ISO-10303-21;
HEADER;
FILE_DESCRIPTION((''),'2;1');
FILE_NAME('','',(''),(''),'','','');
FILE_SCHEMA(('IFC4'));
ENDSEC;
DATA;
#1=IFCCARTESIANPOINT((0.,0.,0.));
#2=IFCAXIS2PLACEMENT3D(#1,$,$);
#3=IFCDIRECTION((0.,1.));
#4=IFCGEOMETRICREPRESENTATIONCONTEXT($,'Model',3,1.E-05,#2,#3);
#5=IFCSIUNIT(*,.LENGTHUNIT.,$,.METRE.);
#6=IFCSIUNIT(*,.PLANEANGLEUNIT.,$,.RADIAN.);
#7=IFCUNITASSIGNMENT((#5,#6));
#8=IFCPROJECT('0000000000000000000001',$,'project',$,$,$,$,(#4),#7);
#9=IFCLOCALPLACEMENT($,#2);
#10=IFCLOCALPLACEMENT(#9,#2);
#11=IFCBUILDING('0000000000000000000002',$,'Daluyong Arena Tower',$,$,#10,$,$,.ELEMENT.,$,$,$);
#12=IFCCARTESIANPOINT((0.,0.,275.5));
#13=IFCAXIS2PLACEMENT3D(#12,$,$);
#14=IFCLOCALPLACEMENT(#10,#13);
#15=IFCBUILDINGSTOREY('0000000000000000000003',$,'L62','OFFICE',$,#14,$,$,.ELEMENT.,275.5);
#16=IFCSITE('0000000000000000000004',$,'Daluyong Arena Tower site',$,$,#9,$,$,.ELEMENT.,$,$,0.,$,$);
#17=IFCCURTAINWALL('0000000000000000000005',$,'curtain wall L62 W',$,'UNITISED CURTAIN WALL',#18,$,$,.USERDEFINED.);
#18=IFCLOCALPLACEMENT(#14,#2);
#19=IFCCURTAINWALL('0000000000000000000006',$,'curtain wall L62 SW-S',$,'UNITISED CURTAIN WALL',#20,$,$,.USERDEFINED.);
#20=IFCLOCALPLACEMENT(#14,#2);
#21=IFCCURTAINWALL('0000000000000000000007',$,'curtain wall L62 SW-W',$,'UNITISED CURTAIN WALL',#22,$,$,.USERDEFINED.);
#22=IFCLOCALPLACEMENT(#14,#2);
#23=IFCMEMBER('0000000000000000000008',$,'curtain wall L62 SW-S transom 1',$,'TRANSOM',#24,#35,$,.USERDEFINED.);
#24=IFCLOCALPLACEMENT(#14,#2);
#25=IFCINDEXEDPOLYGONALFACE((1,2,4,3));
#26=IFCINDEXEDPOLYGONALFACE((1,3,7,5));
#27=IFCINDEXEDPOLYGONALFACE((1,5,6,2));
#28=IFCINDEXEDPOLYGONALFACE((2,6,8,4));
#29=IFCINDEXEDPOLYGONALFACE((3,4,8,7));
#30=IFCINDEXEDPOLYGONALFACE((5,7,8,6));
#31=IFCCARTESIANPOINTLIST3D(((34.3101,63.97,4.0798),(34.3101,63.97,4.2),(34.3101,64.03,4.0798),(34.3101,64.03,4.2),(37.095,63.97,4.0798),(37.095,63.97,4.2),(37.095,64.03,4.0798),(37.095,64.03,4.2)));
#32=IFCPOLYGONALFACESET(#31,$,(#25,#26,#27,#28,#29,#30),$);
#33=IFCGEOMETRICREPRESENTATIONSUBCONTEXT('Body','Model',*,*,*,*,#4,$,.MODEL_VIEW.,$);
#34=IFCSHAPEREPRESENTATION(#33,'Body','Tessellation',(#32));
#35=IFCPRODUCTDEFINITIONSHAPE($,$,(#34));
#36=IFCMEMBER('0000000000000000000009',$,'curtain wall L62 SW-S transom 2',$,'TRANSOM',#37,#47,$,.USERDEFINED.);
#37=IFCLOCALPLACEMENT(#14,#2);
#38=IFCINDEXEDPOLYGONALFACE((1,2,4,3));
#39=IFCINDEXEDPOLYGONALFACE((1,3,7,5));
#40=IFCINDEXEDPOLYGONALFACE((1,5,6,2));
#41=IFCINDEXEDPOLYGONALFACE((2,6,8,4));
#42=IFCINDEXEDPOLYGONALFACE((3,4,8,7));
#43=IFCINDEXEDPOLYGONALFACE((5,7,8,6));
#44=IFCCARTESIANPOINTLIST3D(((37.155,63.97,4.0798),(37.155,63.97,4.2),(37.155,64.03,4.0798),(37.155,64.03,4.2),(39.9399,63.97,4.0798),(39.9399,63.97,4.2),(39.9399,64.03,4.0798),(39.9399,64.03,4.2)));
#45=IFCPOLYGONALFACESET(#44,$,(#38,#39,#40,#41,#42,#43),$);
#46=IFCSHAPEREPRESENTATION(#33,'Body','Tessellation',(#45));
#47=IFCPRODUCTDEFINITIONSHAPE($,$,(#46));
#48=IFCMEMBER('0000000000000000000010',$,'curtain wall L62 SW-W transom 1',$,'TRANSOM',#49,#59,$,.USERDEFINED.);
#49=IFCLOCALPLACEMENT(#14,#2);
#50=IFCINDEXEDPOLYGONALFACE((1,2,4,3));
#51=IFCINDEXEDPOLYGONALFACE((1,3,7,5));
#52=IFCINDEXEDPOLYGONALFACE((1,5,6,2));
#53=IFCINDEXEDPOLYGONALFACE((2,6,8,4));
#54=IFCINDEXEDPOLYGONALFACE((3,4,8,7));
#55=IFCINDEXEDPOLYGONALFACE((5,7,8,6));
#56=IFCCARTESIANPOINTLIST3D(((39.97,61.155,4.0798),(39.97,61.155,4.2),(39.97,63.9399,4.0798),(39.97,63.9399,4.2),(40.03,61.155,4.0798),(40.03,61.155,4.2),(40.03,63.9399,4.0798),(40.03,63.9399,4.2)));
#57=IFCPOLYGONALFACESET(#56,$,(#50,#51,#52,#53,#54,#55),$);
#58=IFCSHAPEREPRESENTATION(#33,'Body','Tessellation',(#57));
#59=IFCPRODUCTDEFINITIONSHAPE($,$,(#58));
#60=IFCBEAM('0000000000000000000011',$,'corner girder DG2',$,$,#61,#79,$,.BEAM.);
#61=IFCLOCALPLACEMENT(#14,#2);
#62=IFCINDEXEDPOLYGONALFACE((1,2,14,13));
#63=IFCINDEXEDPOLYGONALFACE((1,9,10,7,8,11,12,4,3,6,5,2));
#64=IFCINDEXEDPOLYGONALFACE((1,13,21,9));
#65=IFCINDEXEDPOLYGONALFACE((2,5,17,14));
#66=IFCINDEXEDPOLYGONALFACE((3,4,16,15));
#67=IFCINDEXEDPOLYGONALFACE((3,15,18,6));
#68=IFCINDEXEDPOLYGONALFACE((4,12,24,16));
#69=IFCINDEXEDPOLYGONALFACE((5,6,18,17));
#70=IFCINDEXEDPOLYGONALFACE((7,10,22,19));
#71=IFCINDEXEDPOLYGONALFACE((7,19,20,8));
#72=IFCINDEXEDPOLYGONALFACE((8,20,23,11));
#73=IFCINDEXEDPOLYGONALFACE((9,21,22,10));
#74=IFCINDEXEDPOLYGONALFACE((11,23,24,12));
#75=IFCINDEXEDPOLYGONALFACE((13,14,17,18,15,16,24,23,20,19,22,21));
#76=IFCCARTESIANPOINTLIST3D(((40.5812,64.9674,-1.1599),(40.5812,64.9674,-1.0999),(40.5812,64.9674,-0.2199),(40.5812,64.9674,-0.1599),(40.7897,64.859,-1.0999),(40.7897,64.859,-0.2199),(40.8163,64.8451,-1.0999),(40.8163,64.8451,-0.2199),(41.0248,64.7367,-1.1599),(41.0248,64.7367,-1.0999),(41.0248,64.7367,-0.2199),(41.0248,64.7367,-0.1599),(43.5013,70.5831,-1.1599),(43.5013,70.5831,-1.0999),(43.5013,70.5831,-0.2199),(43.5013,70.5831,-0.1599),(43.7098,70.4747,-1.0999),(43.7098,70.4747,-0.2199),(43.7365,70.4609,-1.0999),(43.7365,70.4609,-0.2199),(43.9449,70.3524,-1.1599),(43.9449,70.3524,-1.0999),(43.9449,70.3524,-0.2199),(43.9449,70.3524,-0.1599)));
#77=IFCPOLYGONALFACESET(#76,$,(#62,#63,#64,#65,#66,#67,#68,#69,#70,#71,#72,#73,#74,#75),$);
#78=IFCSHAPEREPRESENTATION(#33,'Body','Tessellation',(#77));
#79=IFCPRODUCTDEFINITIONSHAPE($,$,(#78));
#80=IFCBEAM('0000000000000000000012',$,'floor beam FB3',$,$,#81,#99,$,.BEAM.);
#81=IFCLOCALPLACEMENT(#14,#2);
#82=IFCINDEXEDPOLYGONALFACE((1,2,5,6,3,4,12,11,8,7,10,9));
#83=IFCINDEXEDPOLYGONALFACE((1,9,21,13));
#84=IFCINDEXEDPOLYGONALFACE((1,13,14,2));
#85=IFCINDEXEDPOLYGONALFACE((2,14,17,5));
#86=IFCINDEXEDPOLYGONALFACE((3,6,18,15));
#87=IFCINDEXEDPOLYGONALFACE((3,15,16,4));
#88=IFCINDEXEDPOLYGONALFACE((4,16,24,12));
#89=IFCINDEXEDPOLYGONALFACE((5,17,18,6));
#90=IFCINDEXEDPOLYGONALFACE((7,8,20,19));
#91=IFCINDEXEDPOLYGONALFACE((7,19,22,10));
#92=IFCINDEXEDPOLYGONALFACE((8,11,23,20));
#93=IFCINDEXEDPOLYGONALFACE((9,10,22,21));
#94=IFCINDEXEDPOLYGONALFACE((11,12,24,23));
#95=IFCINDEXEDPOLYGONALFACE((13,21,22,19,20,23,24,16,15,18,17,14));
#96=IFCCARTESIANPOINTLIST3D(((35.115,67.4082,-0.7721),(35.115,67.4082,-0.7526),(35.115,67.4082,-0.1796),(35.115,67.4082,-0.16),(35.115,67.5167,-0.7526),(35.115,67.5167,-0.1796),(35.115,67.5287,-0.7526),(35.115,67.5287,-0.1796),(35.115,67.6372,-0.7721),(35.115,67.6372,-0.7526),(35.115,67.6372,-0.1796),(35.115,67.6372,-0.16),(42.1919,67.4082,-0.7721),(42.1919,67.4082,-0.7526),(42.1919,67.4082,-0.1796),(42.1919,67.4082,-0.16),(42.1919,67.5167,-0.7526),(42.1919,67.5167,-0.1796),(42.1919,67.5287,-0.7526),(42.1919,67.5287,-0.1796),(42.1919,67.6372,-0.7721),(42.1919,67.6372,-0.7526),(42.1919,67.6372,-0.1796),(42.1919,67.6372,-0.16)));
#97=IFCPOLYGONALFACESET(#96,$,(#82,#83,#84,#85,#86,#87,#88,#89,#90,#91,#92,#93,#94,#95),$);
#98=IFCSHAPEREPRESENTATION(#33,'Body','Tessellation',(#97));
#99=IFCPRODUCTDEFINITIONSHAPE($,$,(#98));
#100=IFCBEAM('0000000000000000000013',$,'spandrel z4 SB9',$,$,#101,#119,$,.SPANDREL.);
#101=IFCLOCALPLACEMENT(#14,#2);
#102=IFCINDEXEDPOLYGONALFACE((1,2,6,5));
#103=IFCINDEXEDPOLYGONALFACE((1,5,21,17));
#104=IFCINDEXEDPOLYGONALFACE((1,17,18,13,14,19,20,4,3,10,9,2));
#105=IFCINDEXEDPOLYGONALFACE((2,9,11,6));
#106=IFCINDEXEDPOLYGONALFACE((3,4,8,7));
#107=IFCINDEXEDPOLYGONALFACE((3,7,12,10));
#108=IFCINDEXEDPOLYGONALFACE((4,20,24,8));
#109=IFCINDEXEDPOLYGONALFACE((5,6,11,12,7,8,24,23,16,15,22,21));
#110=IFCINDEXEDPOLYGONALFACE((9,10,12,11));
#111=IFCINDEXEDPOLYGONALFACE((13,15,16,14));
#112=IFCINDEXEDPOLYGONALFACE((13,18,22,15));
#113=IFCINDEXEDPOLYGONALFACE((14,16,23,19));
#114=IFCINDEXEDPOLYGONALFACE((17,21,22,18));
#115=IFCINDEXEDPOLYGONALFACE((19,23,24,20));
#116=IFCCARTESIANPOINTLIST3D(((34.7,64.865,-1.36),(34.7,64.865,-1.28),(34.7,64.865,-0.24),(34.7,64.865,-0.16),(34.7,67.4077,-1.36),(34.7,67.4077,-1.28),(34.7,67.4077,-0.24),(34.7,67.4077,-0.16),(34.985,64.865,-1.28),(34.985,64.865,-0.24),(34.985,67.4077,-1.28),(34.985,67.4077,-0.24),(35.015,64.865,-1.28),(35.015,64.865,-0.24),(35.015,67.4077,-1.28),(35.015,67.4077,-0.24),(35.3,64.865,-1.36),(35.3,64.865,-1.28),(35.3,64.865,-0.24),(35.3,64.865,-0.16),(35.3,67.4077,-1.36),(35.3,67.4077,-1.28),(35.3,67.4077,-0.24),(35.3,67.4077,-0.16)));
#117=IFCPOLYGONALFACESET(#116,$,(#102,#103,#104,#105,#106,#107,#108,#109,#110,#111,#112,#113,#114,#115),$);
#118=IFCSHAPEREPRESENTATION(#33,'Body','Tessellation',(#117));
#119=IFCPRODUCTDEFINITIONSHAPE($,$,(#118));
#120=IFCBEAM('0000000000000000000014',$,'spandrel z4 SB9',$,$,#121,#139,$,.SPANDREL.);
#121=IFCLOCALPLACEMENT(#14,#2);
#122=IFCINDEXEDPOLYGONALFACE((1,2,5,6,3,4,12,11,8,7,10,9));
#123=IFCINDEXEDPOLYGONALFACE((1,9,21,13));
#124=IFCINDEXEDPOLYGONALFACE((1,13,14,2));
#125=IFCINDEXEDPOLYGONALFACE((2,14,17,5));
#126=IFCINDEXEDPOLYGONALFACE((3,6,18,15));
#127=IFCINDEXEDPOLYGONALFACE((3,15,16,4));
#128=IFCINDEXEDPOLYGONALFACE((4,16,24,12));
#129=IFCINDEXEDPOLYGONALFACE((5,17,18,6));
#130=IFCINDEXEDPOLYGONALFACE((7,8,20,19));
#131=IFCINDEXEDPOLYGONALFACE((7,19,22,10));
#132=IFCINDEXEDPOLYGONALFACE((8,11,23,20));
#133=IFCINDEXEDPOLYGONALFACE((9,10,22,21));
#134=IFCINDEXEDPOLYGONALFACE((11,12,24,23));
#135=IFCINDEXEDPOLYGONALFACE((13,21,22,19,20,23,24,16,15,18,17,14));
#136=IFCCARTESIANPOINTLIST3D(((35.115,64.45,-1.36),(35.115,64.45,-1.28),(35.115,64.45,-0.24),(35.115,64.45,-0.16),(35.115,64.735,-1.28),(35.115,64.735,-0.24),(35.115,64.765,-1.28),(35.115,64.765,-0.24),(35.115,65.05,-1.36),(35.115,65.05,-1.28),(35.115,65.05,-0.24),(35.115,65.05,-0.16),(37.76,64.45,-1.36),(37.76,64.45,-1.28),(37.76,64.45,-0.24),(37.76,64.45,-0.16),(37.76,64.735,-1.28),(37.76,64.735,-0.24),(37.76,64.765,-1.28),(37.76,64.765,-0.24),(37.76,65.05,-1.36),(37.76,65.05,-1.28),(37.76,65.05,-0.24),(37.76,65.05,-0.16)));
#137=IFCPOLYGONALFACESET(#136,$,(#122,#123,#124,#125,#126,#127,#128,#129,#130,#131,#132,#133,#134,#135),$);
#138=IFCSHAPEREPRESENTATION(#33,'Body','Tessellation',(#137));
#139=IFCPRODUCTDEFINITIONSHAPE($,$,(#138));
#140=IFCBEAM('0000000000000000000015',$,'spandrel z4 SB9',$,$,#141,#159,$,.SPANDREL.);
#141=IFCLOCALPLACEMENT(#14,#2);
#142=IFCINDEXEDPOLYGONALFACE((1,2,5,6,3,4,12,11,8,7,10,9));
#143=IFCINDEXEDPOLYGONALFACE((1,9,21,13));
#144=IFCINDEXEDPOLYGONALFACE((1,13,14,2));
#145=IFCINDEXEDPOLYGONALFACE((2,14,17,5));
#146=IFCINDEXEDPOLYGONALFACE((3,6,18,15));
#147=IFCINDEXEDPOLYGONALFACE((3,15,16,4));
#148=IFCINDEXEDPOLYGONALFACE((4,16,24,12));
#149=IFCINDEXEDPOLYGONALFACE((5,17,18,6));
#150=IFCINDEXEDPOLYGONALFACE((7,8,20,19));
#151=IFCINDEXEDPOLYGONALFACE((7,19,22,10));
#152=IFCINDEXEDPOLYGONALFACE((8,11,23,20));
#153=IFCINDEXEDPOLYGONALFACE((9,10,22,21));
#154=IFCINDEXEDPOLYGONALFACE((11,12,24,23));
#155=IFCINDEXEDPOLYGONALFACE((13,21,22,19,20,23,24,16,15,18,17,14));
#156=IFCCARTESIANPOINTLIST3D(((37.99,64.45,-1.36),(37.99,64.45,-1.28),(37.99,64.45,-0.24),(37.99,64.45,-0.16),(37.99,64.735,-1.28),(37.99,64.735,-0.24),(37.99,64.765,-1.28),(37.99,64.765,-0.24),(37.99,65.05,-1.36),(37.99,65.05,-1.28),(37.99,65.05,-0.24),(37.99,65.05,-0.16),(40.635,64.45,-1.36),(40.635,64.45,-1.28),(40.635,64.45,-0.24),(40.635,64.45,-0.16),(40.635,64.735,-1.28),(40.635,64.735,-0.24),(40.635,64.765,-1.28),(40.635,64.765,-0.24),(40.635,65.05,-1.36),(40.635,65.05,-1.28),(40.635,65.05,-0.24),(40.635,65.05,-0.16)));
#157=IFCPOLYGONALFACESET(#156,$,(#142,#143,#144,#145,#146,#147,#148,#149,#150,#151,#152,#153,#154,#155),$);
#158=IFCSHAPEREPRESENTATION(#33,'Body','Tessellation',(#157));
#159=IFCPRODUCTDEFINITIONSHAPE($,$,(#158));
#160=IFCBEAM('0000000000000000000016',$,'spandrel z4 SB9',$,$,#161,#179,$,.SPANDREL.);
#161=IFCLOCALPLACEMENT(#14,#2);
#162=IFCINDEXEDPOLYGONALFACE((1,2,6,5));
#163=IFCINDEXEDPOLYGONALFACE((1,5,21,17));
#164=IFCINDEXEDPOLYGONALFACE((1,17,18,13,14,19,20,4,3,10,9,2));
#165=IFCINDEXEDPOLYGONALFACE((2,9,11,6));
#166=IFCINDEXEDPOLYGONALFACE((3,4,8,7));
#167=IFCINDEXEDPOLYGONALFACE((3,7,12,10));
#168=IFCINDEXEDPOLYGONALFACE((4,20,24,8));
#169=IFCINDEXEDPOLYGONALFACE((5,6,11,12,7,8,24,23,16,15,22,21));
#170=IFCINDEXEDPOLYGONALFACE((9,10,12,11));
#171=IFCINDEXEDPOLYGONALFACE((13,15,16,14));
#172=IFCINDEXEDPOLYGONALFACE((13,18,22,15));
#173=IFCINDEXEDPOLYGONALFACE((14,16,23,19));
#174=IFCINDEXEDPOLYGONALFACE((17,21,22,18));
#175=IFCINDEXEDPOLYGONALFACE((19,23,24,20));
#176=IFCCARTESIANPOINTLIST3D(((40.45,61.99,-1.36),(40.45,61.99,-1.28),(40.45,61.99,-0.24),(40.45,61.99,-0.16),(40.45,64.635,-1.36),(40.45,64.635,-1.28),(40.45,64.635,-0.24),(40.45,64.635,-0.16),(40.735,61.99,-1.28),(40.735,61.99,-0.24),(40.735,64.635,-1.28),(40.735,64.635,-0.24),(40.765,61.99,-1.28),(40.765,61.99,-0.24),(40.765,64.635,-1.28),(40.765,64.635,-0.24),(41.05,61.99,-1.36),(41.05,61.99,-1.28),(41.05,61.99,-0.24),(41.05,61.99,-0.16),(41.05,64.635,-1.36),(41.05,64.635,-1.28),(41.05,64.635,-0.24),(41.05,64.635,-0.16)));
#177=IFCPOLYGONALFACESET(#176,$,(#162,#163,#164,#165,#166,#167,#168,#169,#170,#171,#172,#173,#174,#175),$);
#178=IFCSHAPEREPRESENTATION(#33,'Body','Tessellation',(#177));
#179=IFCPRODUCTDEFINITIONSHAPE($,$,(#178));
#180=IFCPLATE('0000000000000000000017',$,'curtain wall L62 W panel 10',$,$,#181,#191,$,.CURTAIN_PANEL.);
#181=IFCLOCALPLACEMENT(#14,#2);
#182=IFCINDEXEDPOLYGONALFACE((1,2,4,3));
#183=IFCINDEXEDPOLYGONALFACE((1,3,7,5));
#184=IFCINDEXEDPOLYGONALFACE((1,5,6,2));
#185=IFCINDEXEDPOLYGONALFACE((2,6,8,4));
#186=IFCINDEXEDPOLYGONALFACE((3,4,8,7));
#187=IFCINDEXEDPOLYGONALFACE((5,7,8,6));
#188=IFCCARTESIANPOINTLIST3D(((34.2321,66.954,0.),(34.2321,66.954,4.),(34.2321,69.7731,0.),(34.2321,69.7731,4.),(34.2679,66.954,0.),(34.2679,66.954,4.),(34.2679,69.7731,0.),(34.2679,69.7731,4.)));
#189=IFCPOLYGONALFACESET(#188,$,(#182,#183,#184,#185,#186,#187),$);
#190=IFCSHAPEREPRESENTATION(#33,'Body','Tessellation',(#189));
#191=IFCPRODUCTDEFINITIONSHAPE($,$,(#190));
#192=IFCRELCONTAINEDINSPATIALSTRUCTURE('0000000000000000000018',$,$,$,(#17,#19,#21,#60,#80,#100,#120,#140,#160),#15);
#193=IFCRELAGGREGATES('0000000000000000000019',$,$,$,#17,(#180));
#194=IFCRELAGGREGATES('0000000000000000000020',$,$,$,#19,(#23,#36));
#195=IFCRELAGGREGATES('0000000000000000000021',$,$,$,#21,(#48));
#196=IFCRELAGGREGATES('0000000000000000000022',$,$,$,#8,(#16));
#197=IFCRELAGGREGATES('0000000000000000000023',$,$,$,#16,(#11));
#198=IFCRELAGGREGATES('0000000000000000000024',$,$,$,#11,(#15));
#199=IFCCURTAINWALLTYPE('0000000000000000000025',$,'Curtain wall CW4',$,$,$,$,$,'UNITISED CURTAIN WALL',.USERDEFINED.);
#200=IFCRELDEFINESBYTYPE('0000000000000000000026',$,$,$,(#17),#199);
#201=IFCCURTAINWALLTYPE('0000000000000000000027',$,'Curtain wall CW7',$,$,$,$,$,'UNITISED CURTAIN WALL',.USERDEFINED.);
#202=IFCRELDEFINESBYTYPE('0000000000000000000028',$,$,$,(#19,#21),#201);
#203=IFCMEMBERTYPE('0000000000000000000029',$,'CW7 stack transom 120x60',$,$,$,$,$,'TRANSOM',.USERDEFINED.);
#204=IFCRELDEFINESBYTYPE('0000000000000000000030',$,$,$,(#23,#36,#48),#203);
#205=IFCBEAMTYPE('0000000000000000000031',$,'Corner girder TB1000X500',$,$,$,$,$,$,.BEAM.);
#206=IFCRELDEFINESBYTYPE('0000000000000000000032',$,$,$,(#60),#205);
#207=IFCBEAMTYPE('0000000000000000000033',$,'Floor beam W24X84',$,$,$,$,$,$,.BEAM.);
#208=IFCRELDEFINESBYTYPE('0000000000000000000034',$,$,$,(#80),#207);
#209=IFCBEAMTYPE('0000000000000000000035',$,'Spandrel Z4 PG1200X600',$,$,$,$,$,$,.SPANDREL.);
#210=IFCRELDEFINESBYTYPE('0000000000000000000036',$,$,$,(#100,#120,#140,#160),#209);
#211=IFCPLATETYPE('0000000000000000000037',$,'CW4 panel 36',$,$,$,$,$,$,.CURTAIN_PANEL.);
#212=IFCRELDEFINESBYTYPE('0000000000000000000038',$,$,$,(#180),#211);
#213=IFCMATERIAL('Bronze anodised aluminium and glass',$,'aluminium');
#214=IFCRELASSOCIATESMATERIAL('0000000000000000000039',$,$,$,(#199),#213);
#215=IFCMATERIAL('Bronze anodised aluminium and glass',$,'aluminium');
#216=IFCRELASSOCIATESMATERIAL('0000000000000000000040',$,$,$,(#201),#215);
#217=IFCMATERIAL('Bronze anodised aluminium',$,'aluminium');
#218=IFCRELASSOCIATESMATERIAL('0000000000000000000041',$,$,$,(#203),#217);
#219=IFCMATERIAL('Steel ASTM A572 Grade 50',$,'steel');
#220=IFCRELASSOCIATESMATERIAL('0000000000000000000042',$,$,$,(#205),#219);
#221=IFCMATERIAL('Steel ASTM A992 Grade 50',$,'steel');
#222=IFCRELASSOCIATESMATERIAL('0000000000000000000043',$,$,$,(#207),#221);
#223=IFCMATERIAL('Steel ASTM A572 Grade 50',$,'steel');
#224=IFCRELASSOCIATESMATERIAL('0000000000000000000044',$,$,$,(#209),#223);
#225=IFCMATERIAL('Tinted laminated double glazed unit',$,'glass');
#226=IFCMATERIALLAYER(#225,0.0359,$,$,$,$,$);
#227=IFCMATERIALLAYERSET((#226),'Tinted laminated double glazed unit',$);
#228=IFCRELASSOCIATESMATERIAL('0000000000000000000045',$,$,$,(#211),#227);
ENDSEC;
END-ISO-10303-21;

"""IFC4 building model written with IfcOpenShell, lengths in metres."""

from ifc_helpers import new_model, si_unit, direction, frame, origin, origin_2d, place, context, subcontext, project, spatial, rectangle, i_section, extrude, material, layer, layer_set, material_profile, profile_set, type_object, element, aggregate, save


model = new_model("IFC4")

# Units and contexts
model_context = context("Model", 3, precision=1e-05, world=origin(), true_north=direction((0.0, 1.0)))
body_context = subcontext(model_context, "Body", "Model", "MODEL_VIEW")
ifc_project = project(units=[si_unit("LENGTHUNIT", "METRE"), si_unit("PLANEANGLEUNIT", "RADIAN")], contexts=[model_context])

# Site, building, storey
site_placement = place(None, origin())
site = spatial("IfcSite", under=ifc_project, at=site_placement, Name="Daluyong Arena Tower site", CompositionType="ELEMENT", RefElevation=0.0)
building_placement = place(site_placement, origin())
building = spatial("IfcBuilding", under=site, at=building_placement, Name="Daluyong Arena Tower", CompositionType="ELEMENT")
storey_placement = place(building_placement, frame((0.0, 0.0, 275.5)))
storey = spatial("IfcBuildingStorey", under=building, at=storey_placement, Name="L62", Description="OFFICE", CompositionType="ELEMENT", Elevation=275.5)

# Curtain walls
ifc_material_1 = material(Name="Bronze anodised aluminium and glass", Category="aluminium")
curtain_wall_type_1 = type_object("IfcCurtainWallType", Name="Curtain wall CW4", ElementType="UNITISED CURTAIN WALL", PredefinedType="USERDEFINED", material=ifc_material_1)
curtain_wall_1_placement = place(storey_placement, origin())
curtain_wall_1 = element("IfcCurtainWall", 1, at=curtain_wall_1_placement, inside=storey, type_object=curtain_wall_type_1, Name="curtain wall L62 W", ObjectType="UNITISED CURTAIN WALL", PredefinedType="USERDEFINED")
ifc_material_2 = material(Name="Bronze anodised aluminium and glass", Category="aluminium")
curtain_wall_type_2 = type_object("IfcCurtainWallType", Name="Curtain wall CW7", ElementType="UNITISED CURTAIN WALL", PredefinedType="USERDEFINED", material=ifc_material_2)
curtain_wall_2_placement = place(storey_placement, origin())
curtain_wall_2 = element("IfcCurtainWall", 2, at=curtain_wall_2_placement, inside=storey, type_object=curtain_wall_type_2, Name="curtain wall L62 SW-S", ObjectType="UNITISED CURTAIN WALL", PredefinedType="USERDEFINED")

# Curtain wall
curtain_wall_3_placement = place(storey_placement, origin())
curtain_wall_3 = element("IfcCurtainWall", 3, at=curtain_wall_3_placement, inside=storey, type_object=curtain_wall_type_2, Name="curtain wall L62 SW-W", ObjectType="UNITISED CURTAIN WALL", PredefinedType="USERDEFINED")

# Members
ifc_material_3 = material(Name="Bronze anodised aluminium", Category="aluminium")
ifc_material_profile_1 = material_profile(ifc_material_3, rectangle(XDim=0.0601, YDim=0.1201, at=origin_2d()))
ifc_profile_set_1 = profile_set([ifc_material_profile_1], Name="Bronze anodised aluminium")
member_type_1 = type_object("IfcMemberType", Name="CW7 stack transom 120x60", ElementType="TRANSOM", PredefinedType="USERDEFINED", material=ifc_profile_set_1)
member_1_placement = place(storey_placement, frame((34.3101, 64.0, 4.1399), z_axis=(1.0, 0.0, 0.0), x_axis=(0.0, 1.0, 0.0)))
member_1 = element("IfcMember", 4, at=member_1_placement, type_object=member_type_1, Name="curtain wall L62 SW-S transom 1", ObjectType="TRANSOM", PredefinedType="USERDEFINED", context=body_context, shape_type="SweptSolid", body=[
    extrude(rectangle(XDim=0.0601, YDim=0.1201, at=origin_2d()), origin(), (0.0, 0.0, 1.0), 2.7849),
])
member_2_placement = place(storey_placement, frame((37.155, 64.0, 4.1399), z_axis=(1.0, 0.0, 0.0), x_axis=(0.0, 1.0, 0.0)))
member_2 = element("IfcMember", 5, at=member_2_placement, type_object=member_type_1, Name="curtain wall L62 SW-S transom 2", ObjectType="TRANSOM", PredefinedType="USERDEFINED", context=body_context, shape_type="SweptSolid", body=[
    extrude(rectangle(XDim=0.0601, YDim=0.1201, at=origin_2d()), origin(), (0.0, 0.0, 1.0), 2.7849),
])
member_3_placement = place(storey_placement, frame((40.0, 63.9399, 4.1399), z_axis=(0.0, -1.0, 0.0), x_axis=(1.0, 0.0, 0.0)))
member_3 = element("IfcMember", 6, at=member_3_placement, type_object=member_type_1, Name="curtain wall L62 SW-W transom 1", ObjectType="TRANSOM", PredefinedType="USERDEFINED", context=body_context, shape_type="SweptSolid", body=[
    extrude(rectangle(XDim=0.0601, YDim=0.1201, at=origin_2d()), origin(), (0.0, 0.0, 1.0), 2.7849),
])

# Beams
ifc_material_4 = material(Name="Steel ASTM A572 Grade 50", Category="steel")
ifc_material_profile_2 = material_profile(ifc_material_4, i_section(OverallWidth=0.5, OverallDepth=1.0, WebThickness=0.03, FlangeThickness=0.06, at=origin_2d()))
ifc_profile_set_2 = profile_set([ifc_material_profile_2], Name="Steel ASTM A572 Grade 50")
beam_type_1 = type_object("IfcBeamType", Name="Corner girder TB1000X500", PredefinedType="BEAM", material=ifc_profile_set_2)
beam_1_placement = place(storey_placement, frame((40.803, 64.8521, -0.6599), z_axis=(0.461352, 0.887217, 0.0), x_axis=(-0.887217, 0.461352, 0.0)))
element("IfcBeam", 7, at=beam_1_placement, inside=storey, type_object=beam_type_1, Name="corner girder DG2", PredefinedType="BEAM", context=body_context, shape_type="SweptSolid", body=[
    extrude(i_section(OverallWidth=0.5, OverallDepth=1.0, WebThickness=0.03, FlangeThickness=0.06, at=origin_2d()), origin(), (0.0, 0.0, 1.0), 6.3296),
])
ifc_material_5 = material(Name="Steel ASTM A992 Grade 50", Category="steel")
ifc_material_profile_3 = material_profile(ifc_material_5, i_section(OverallWidth=0.229, OverallDepth=0.6121, WebThickness=0.012, FlangeThickness=0.0195, at=origin_2d()))
ifc_profile_set_3 = profile_set([ifc_material_profile_3], Name="Steel ASTM A992 Grade 50")
beam_type_2 = type_object("IfcBeamType", Name="Floor beam W24X84", PredefinedType="BEAM", material=ifc_profile_set_3)
beam_2_placement = place(storey_placement, frame((35.115, 67.5227, -0.4661), z_axis=(1.0, 0.0, 0.0), x_axis=(0.0, 1.0, 0.0)))
element("IfcBeam", 8, at=beam_2_placement, inside=storey, type_object=beam_type_2, Name="floor beam FB3", PredefinedType="BEAM", context=body_context, shape_type="SweptSolid", body=[
    extrude(i_section(OverallWidth=0.229, OverallDepth=0.6121, WebThickness=0.012, FlangeThickness=0.0195, at=origin_2d()), origin(), (0.0, 0.0, 1.0), 7.0769),
])
ifc_material_6 = material(Name="Steel ASTM A572 Grade 50", Category="steel")
ifc_material_profile_4 = material_profile(ifc_material_6, i_section(OverallWidth=0.6001, OverallDepth=1.2, WebThickness=0.03, FlangeThickness=0.08, at=origin_2d()))
ifc_profile_set_4 = profile_set([ifc_material_profile_4], Name="Steel ASTM A572 Grade 50")
beam_type_3 = type_object("IfcBeamType", Name="Spandrel Z4 PG1200X600", PredefinedType="SPANDREL", material=ifc_profile_set_4)
beam_3_placement = place(storey_placement, frame((35.0, 67.4077, -0.76), z_axis=(0.0, -1.0, 0.0), x_axis=(1.0, 0.0, 0.0)))
element("IfcBeam", 9, at=beam_3_placement, inside=storey, type_object=beam_type_3, Name="spandrel z4 SB9", PredefinedType="SPANDREL", context=body_context, shape_type="SweptSolid", body=[
    extrude(i_section(OverallWidth=0.6001, OverallDepth=1.2, WebThickness=0.03, FlangeThickness=0.08, at=origin_2d()), origin(), (0.0, 0.0, 1.0), 2.5427),
])
for number, where, z_axis, x_axis, name in (
    (10, (35.115, 64.75, -0.76), (1.0, 0.0, 0.0), (0.0, 1.0, 0.0), "spandrel z4 SB9"),
    (11, (37.99, 64.75, -0.76), (1.0, 0.0, 0.0), (0.0, 1.0, 0.0), "spandrel z4 SB9"),
    (12, (40.75, 64.635, -0.76), (0.0, -1.0, 0.0), (1.0, 0.0, 0.0), "spandrel z4 SB9"),
):
    element("IfcBeam", number, at=place(storey_placement, frame(where, z_axis=z_axis, x_axis=x_axis)), inside=storey, type_object=beam_type_3, Name=name, PredefinedType="SPANDREL", context=body_context, shape_type="SweptSolid", body=[
        extrude(i_section(OverallWidth=0.6001, OverallDepth=1.2, WebThickness=0.03, FlangeThickness=0.08, at=origin_2d()), origin(), (0.0, 0.0, 1.0), 2.645),
    ])

# Plate
ifc_material_7 = material(Name="Tinted laminated double glazed unit", Category="glass")
ifc_layer_1 = layer(ifc_material_7, 0.0359)
ifc_layer_set_1 = layer_set([ifc_layer_1], Name="Tinted laminated double glazed unit")
plate_type_1 = type_object("IfcPlateType", Name="CW4 panel 36", PredefinedType="CURTAIN_PANEL", material=ifc_layer_set_1)
plate_1_placement = place(storey_placement, frame((34.25, 68.3635, 0.0), z_axis=(0.0, 0.0, 1.0), x_axis=(0.0, -1.0, 0.0)))
plate_1 = element("IfcPlate", 13, at=plate_1_placement, type_object=plate_type_1, Name="curtain wall L62 W panel 10", PredefinedType="CURTAIN_PANEL", context=body_context, shape_type="SweptSolid", body=[
    extrude(rectangle(XDim=2.8191, YDim=0.0359, at=origin_2d()), origin(), (0.0, 0.0, 1.0), 4.0),
])
aggregate(curtain_wall_1, [plate_1])
aggregate(curtain_wall_2, [member_1, member_2])
aggregate(curtain_wall_3, [member_3])

save(model, "model.ifc")
